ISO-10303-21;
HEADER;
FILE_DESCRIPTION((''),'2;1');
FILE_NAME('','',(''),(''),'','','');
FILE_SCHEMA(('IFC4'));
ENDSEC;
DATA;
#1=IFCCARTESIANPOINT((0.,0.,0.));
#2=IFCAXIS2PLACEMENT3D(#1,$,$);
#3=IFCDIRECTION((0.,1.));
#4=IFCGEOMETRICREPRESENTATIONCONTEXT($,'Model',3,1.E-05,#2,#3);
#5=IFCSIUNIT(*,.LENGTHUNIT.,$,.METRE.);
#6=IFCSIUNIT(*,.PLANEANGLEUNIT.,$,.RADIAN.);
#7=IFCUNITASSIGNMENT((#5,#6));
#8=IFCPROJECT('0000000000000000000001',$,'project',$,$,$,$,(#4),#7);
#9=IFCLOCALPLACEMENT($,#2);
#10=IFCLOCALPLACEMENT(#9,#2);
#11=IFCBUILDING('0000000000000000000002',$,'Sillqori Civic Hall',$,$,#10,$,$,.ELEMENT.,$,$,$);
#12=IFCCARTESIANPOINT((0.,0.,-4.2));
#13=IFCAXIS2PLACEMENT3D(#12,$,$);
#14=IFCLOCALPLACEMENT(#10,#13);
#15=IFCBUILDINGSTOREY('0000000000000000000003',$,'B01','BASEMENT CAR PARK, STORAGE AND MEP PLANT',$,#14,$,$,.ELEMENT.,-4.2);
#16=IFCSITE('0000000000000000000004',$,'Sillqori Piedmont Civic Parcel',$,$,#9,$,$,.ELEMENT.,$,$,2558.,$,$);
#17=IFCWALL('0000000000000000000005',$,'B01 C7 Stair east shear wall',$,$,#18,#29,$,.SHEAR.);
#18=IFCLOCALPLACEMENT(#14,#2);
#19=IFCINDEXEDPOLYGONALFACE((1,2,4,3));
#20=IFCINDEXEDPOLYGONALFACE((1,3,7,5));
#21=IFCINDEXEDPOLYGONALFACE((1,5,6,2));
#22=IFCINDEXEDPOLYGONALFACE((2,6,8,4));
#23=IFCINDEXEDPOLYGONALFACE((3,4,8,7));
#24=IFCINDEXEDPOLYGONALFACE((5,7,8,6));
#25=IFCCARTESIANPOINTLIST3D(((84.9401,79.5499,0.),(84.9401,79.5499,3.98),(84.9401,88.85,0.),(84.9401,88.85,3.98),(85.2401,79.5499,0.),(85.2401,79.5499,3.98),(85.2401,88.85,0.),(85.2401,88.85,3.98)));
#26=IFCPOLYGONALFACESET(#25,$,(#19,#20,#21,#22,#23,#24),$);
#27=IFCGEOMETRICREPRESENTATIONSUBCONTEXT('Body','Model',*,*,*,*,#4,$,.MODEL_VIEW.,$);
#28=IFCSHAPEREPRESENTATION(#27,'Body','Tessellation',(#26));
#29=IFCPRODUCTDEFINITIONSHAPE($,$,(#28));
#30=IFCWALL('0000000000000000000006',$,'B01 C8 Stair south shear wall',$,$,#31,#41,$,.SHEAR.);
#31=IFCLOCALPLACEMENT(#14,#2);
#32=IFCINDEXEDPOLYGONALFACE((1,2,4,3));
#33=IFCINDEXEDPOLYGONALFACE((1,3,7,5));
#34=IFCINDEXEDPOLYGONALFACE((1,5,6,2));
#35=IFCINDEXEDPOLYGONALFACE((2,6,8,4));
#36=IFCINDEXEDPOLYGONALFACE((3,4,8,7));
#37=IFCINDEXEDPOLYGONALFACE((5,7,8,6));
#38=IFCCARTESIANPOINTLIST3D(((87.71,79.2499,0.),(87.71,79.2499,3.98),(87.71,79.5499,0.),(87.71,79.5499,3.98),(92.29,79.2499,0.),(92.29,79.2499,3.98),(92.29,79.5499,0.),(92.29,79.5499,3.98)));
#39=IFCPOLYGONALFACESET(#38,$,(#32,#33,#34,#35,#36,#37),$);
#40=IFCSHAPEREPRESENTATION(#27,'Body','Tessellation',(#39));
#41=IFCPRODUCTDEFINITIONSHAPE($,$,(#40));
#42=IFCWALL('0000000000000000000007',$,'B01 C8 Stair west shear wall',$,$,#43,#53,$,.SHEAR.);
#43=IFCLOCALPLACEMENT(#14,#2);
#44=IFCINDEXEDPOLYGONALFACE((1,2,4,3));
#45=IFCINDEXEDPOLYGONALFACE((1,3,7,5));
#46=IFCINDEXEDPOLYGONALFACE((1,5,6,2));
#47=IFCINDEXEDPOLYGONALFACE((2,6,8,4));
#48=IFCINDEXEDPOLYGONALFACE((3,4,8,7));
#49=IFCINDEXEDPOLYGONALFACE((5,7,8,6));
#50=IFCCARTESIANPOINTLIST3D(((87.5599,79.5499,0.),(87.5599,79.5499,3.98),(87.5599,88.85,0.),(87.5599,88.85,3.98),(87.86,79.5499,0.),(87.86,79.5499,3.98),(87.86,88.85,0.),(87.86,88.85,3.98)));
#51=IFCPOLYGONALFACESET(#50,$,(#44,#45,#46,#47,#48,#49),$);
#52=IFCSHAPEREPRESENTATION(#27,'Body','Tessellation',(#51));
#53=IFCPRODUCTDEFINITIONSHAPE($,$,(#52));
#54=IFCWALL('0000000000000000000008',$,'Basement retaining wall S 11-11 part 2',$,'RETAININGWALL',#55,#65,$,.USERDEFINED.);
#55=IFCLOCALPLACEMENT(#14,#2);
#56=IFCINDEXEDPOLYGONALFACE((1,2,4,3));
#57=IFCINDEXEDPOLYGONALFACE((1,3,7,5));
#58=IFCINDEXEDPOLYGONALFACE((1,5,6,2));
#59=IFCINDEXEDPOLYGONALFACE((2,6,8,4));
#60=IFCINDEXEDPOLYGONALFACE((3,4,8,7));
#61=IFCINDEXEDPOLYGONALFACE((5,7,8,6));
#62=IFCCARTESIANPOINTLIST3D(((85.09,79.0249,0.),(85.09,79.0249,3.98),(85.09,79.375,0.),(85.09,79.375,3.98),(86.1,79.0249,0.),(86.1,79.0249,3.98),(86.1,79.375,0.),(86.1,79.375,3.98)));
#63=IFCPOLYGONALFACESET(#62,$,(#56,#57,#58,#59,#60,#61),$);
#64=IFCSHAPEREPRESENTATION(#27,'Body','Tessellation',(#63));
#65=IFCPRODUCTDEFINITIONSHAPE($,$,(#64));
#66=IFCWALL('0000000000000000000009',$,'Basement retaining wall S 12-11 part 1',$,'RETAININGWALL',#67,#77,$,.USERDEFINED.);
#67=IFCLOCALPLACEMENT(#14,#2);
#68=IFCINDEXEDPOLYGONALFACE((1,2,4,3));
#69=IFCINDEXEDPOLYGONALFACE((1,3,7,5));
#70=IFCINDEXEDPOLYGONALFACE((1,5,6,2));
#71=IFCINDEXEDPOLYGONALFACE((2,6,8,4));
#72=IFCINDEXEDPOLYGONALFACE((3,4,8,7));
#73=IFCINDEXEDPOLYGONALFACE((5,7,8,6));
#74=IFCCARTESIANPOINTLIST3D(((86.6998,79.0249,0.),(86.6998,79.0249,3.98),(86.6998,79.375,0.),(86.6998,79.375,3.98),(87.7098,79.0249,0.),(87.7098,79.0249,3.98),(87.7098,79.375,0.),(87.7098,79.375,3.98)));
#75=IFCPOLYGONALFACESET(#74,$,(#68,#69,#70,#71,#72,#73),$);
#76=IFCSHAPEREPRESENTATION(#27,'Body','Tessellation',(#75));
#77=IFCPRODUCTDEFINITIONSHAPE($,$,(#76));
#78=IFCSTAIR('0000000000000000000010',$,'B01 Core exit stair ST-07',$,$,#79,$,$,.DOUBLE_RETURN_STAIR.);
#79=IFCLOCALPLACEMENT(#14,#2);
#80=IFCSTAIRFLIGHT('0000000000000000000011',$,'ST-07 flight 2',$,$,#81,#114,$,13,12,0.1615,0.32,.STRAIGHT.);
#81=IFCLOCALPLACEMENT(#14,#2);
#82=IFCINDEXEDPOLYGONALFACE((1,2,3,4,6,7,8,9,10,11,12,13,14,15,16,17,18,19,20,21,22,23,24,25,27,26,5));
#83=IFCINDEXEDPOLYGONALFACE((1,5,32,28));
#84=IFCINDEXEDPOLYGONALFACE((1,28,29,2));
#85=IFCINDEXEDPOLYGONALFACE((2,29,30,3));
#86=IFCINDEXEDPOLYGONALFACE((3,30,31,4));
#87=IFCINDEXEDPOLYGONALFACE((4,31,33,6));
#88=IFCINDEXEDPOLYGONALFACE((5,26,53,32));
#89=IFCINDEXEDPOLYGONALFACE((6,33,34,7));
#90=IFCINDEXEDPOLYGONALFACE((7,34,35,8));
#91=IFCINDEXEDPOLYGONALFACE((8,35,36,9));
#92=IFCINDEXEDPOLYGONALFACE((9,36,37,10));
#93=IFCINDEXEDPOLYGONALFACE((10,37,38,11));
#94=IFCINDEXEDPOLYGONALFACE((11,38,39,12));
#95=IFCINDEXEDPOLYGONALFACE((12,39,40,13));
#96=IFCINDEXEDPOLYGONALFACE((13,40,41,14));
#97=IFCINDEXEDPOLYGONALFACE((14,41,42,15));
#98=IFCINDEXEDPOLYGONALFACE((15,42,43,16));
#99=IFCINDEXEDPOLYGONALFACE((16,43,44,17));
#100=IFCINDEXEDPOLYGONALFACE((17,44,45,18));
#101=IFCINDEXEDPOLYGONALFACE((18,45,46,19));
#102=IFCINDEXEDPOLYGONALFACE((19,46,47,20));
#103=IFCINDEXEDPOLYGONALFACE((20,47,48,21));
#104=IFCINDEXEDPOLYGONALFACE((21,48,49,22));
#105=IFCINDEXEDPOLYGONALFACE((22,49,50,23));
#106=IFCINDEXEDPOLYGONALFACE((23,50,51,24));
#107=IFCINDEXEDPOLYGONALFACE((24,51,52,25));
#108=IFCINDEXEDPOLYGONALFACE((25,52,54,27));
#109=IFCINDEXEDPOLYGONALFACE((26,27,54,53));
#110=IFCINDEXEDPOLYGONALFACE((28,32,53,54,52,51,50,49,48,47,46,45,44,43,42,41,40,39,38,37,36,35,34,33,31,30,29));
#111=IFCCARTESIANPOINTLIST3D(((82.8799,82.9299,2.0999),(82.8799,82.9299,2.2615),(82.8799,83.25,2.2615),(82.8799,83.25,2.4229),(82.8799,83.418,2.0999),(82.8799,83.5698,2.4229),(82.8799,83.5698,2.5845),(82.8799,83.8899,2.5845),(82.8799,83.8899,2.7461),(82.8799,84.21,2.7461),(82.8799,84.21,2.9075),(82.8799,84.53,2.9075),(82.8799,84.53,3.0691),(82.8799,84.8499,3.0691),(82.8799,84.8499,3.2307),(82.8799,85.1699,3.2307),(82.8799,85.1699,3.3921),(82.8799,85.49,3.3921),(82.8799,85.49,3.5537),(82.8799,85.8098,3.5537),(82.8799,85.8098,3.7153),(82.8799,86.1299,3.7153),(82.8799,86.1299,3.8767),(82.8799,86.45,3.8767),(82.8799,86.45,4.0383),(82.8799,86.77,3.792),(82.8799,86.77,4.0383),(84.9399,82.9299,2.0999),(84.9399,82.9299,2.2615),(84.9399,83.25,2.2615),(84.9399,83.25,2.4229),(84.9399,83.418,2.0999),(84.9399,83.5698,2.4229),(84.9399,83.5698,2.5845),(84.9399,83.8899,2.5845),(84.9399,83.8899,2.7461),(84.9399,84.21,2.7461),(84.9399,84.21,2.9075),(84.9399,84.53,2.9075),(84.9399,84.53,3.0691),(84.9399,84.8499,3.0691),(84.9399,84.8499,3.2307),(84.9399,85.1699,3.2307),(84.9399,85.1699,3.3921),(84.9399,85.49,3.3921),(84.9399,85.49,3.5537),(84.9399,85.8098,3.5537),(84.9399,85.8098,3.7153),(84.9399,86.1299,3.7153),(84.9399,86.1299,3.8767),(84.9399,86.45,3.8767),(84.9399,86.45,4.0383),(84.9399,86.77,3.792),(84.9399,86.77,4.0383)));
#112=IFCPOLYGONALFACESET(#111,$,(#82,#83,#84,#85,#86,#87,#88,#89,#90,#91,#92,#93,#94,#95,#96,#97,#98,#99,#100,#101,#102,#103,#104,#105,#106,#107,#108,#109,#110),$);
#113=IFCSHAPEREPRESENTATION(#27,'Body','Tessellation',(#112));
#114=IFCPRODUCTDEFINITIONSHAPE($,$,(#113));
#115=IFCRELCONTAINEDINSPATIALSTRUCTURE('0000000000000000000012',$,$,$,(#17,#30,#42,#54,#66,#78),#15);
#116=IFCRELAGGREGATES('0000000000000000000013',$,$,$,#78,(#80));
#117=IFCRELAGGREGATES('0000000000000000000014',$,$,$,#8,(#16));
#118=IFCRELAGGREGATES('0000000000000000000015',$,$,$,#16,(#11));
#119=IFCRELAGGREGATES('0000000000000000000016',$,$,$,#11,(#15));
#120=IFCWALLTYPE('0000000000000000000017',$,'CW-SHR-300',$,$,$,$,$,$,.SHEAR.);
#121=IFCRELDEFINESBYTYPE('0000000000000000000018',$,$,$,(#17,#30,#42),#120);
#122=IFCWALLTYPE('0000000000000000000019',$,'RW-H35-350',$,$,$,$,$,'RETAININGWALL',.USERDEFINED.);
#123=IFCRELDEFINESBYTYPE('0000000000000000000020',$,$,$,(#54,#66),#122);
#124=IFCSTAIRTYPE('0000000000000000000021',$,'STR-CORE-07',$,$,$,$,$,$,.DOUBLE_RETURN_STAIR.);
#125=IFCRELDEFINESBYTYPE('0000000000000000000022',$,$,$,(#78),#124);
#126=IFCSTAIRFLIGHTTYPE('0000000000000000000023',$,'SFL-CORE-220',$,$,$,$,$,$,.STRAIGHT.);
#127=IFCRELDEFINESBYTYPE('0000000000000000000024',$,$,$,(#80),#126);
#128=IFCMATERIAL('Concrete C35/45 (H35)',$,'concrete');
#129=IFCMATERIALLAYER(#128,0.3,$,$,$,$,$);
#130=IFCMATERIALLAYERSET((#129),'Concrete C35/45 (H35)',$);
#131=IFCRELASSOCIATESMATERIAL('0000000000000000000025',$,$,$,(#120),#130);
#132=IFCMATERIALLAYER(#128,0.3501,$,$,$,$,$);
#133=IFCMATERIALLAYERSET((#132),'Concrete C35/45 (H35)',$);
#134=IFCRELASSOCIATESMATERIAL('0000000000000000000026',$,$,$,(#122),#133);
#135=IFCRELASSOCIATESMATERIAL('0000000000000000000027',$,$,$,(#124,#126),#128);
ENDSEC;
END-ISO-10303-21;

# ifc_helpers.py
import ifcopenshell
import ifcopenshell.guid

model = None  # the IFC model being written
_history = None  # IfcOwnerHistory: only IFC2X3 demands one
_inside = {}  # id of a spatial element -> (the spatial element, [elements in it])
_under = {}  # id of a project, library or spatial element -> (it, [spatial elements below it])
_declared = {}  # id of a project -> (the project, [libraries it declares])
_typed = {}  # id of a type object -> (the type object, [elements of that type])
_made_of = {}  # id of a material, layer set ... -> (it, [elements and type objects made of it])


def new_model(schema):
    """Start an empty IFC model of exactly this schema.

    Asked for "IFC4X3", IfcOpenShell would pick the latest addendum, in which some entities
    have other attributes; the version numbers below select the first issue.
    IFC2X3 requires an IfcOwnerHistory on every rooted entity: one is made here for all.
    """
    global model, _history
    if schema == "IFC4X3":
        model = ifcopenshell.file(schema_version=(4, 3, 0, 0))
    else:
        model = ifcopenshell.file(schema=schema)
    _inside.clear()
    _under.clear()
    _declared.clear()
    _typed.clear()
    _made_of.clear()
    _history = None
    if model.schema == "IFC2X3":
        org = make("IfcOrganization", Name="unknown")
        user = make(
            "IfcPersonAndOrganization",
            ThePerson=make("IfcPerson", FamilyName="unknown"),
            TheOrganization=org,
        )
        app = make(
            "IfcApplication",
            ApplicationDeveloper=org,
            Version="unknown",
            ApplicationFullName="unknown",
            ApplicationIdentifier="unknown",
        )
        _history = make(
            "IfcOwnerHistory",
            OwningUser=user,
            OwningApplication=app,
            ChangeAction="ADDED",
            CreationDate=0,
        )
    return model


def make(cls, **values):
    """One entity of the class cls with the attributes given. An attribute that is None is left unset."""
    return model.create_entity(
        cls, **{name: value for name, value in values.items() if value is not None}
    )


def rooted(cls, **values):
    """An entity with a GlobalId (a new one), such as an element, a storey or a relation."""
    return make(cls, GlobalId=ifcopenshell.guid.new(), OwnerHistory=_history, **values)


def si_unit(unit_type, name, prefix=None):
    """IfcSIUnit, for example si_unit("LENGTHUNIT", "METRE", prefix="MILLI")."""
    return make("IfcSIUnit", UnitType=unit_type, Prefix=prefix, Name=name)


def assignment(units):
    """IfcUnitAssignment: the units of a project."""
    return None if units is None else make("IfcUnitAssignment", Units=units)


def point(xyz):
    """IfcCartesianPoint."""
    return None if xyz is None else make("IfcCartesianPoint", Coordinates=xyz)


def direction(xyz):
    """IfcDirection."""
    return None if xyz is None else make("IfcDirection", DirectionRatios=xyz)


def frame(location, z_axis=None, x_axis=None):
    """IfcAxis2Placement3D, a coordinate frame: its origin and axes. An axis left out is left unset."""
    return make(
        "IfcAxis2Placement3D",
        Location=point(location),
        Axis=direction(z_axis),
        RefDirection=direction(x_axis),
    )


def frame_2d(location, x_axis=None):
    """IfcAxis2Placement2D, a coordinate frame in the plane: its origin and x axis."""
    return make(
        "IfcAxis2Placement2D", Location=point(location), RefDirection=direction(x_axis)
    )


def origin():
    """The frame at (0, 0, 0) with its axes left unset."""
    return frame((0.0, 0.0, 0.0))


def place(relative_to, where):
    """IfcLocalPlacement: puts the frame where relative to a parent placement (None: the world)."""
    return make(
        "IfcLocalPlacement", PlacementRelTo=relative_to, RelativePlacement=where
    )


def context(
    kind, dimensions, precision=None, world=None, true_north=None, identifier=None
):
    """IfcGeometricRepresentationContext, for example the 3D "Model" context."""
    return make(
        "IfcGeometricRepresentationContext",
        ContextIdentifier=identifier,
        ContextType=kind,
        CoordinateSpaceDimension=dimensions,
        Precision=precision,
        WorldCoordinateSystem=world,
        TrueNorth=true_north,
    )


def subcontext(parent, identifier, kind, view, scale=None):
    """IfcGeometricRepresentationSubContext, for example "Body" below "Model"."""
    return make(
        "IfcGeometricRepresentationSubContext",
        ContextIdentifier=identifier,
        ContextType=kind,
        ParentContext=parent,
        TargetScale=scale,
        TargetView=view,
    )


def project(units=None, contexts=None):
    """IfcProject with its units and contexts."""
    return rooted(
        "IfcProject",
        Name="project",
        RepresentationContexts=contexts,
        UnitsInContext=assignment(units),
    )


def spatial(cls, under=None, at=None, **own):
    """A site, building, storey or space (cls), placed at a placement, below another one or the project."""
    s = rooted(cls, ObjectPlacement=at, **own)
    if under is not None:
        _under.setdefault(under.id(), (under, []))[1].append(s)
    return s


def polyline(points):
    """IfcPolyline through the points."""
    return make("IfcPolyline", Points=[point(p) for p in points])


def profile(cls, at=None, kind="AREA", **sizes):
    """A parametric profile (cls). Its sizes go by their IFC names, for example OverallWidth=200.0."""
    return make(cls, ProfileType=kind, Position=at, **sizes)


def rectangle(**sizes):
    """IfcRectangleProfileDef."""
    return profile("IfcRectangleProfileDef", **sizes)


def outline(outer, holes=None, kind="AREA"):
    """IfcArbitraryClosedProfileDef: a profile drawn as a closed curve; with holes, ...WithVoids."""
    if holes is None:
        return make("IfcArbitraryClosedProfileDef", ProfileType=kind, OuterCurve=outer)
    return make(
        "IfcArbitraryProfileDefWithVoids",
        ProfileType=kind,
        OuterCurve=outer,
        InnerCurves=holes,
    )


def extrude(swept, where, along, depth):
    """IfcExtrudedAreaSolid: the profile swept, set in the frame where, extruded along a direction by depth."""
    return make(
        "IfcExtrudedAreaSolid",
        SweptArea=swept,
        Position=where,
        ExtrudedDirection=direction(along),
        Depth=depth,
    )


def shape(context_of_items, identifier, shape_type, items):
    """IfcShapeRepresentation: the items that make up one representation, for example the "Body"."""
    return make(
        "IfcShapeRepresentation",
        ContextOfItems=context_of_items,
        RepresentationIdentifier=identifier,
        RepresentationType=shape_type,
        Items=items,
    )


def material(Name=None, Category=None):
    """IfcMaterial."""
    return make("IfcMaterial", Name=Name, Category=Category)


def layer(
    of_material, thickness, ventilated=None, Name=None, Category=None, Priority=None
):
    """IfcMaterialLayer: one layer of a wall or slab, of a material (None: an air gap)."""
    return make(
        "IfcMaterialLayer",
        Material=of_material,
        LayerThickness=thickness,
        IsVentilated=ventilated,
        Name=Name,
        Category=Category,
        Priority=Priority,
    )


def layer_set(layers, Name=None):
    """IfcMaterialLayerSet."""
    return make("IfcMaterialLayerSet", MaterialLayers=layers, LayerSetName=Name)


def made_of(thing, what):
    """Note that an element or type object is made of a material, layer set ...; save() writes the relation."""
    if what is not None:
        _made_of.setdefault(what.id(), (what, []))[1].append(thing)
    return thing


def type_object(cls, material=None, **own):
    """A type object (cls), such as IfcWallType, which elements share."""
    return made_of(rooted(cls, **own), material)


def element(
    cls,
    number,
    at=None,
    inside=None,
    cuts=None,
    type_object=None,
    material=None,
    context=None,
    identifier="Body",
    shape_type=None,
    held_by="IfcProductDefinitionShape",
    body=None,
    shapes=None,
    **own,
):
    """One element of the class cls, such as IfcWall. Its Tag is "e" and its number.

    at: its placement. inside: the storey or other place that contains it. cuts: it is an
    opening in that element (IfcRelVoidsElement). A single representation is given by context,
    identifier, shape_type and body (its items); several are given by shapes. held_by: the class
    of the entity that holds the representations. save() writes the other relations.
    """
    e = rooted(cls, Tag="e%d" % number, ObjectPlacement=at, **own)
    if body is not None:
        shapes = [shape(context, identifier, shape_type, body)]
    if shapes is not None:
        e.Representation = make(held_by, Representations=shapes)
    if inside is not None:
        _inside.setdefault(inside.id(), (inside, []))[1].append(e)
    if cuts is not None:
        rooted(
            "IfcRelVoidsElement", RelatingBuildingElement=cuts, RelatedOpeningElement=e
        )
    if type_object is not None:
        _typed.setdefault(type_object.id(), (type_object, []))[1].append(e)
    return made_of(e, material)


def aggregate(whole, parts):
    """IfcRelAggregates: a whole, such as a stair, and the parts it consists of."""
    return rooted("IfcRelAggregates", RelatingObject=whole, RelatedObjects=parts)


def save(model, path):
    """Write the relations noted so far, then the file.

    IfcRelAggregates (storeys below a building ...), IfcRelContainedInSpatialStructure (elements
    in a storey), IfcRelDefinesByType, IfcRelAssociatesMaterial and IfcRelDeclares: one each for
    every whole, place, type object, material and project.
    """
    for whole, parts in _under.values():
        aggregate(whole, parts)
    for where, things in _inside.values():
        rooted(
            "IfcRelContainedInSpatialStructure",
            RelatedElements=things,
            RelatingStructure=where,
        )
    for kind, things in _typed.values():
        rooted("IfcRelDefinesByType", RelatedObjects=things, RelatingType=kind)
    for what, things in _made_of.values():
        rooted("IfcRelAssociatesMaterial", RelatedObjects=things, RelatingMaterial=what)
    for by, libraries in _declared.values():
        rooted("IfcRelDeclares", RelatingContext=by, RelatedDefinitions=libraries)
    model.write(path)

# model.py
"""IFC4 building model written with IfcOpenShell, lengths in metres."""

from ifc_helpers import new_model, si_unit, direction, frame, frame_2d, origin, place, context, subcontext, project, spatial, polyline, rectangle, outline, extrude, material, layer, layer_set, type_object, element, aggregate, save


model = new_model("IFC4")

# Units and contexts
model_context = context("Model", 3, precision=1e-05, world=origin(), true_north=direction((0.0, 1.0)))
body_context = subcontext(model_context, "Body", "Model", "MODEL_VIEW")
ifc_project = project(units=[si_unit("LENGTHUNIT", "METRE"), si_unit("PLANEANGLEUNIT", "RADIAN")], contexts=[model_context])

# Site, building, storey
site_placement = place(None, origin())
site = spatial("IfcSite", under=ifc_project, at=site_placement, Name="Sillqori Piedmont Civic Parcel", CompositionType="ELEMENT", RefElevation=2558.0)
building_placement = place(site_placement, origin())
building = spatial("IfcBuilding", under=site, at=building_placement, Name="Sillqori Civic Hall", CompositionType="ELEMENT")
storey_placement = place(building_placement, frame((0.0, 0.0, -4.2)))
storey = spatial("IfcBuildingStorey", under=building, at=storey_placement, Name="B01", Description="BASEMENT CAR PARK, STORAGE AND MEP PLANT", CompositionType="ELEMENT", Elevation=-4.2)

# Shared definitions
ifc_material_1 = material(Name="Concrete C35/45 (H35)", Category="concrete")

# Walls
ifc_layer_1 = layer(ifc_material_1, 0.3)
ifc_layer_set_1 = layer_set([ifc_layer_1], Name="Concrete C35/45 (H35)")
wall_type_1 = type_object("IfcWallType", Name="CW-SHR-300", PredefinedType="SHEAR", material=ifc_layer_set_1)
wall_1_placement = place(storey_placement, frame((85.0901, 79.55, 0.0), z_axis=(0.0, 0.0, 1.0), x_axis=(0.0, 1.0, 0.0)))
element("IfcWall", 1, at=wall_1_placement, inside=storey, type_object=wall_type_1, Name="B01 C7 Stair east shear wall", PredefinedType="SHEAR", context=body_context, shape_type="SweptSolid", body=[
    extrude(rectangle(XDim=9.3, YDim=0.3, at=frame_2d((4.6499, 0.0))), origin(), (0.0, 0.0, 1.0), 3.98),
])
wall_2_placement = place(storey_placement, frame((87.71, 79.3999, 0.0), z_axis=(0.0, 0.0, 1.0), x_axis=(1.0, 0.0, 0.0)))
element("IfcWall", 2, at=wall_2_placement, inside=storey, type_object=wall_type_1, Name="B01 C8 Stair south shear wall", PredefinedType="SHEAR", context=body_context, shape_type="SweptSolid", body=[
    extrude(rectangle(XDim=4.5801, YDim=0.3, at=frame_2d((2.29, 0.0))), origin(), (0.0, 0.0, 1.0), 3.98),
])
wall_3_placement = place(storey_placement, frame((87.71, 79.55, 0.0), z_axis=(0.0, 0.0, 1.0), x_axis=(0.0, 1.0, 0.0)))
element("IfcWall", 3, at=wall_3_placement, inside=storey, type_object=wall_type_1, Name="B01 C8 Stair west shear wall", PredefinedType="SHEAR", context=body_context, shape_type="SweptSolid", body=[
    extrude(rectangle(XDim=9.3, YDim=0.3, at=frame_2d((4.6499, 0.0))), origin(), (0.0, 0.0, 1.0), 3.98),
])
ifc_layer_2 = layer(ifc_material_1, 0.3501)
ifc_layer_set_2 = layer_set([ifc_layer_2], Name="Concrete C35/45 (H35)")
wall_type_2 = type_object("IfcWallType", Name="RW-H35-350", ElementType="RETAININGWALL", PredefinedType="USERDEFINED", material=ifc_layer_set_2)
for number, where, z_axis, x_axis, name in (
    (4, (85.0901, 79.2, 0.0), (0.0, 0.0, 1.0), (1.0, 0.0, 0.0), "Basement retaining wall S 11-11 part 2"),
    (5, (86.7, 79.2, 0.0), (0.0, 0.0, 1.0), (1.0, 0.0, 0.0), "Basement retaining wall S 12-11 part 1"),
):
    element("IfcWall", number, at=place(storey_placement, frame(where, z_axis=z_axis, x_axis=x_axis)), inside=storey, type_object=wall_type_2, Name=name, ObjectType="RETAININGWALL", PredefinedType="USERDEFINED", context=body_context, shape_type="SweptSolid", body=[
        extrude(rectangle(XDim=1.01, YDim=0.3501, at=frame_2d((0.5049, 0.0))), origin(), (0.0, 0.0, 1.0), 3.98),
    ])

# Stair, stair flight
stair_type = type_object("IfcStairType", Name="STR-CORE-07", PredefinedType="DOUBLE_RETURN_STAIR", material=ifc_material_1)
stair_placement = place(storey_placement, origin())
stair = element("IfcStair", 6, at=stair_placement, inside=storey, type_object=stair_type, Name="B01 Core exit stair ST-07", PredefinedType="DOUBLE_RETURN_STAIR")
stair_flight_type = type_object("IfcStairFlightType", Name="SFL-CORE-220", PredefinedType="STRAIGHT", material=ifc_material_1)
stair_flight_placement = place(storey_placement, frame((83.9099, 82.9299, 2.0999), z_axis=(0.0, 0.0, 1.0), x_axis=(0.0, 1.0, 0.0)))
stair_flight = element("IfcStairFlight", 7, at=stair_flight_placement, type_object=stair_flight_type, Name="ST-07 flight 2", NumberOfRisers=13, NumberOfTreads=12, PredefinedType="STRAIGHT", RiserHeight=0.1615, TreadLength=0.32, context=body_context, shape_type="SweptSolid", body=[
    extrude(outline(polyline([(0.0, 0.0), (0.0, 0.1616), (0.3201, 0.1616), (0.3201, 0.323), (0.6399, 0.323), (0.6399, 0.4846), (0.96, 0.4846), (0.96, 0.6462), (1.28, 0.6462), (1.28, 0.8076), (1.6001, 0.8076), (1.6001, 0.9692), (1.9199, 0.9692), (1.9199, 1.1309), (2.24, 1.1309), (2.24, 1.2922), (2.5601, 1.2922), (2.5601, 1.4539), (2.8799, 1.4539), (2.8799, 1.6155), (3.2, 1.6155), (3.2, 1.7769), (3.52, 1.7769), (3.52, 1.9385), (3.8401, 1.9385), (3.8401, 2.1001), (3.8401, 1.6921), (0.488, 0.0), (0.0, 0.0)])), frame((0.0, 1.03, 0.0), z_axis=(0.0, -1.0, 0.0), x_axis=(1.0, 0.0, 0.0)), (0.0, 0.0, 1.0), 2.0601),
])
aggregate(stair, [stair_flight])

save(model, "model.ifc")
